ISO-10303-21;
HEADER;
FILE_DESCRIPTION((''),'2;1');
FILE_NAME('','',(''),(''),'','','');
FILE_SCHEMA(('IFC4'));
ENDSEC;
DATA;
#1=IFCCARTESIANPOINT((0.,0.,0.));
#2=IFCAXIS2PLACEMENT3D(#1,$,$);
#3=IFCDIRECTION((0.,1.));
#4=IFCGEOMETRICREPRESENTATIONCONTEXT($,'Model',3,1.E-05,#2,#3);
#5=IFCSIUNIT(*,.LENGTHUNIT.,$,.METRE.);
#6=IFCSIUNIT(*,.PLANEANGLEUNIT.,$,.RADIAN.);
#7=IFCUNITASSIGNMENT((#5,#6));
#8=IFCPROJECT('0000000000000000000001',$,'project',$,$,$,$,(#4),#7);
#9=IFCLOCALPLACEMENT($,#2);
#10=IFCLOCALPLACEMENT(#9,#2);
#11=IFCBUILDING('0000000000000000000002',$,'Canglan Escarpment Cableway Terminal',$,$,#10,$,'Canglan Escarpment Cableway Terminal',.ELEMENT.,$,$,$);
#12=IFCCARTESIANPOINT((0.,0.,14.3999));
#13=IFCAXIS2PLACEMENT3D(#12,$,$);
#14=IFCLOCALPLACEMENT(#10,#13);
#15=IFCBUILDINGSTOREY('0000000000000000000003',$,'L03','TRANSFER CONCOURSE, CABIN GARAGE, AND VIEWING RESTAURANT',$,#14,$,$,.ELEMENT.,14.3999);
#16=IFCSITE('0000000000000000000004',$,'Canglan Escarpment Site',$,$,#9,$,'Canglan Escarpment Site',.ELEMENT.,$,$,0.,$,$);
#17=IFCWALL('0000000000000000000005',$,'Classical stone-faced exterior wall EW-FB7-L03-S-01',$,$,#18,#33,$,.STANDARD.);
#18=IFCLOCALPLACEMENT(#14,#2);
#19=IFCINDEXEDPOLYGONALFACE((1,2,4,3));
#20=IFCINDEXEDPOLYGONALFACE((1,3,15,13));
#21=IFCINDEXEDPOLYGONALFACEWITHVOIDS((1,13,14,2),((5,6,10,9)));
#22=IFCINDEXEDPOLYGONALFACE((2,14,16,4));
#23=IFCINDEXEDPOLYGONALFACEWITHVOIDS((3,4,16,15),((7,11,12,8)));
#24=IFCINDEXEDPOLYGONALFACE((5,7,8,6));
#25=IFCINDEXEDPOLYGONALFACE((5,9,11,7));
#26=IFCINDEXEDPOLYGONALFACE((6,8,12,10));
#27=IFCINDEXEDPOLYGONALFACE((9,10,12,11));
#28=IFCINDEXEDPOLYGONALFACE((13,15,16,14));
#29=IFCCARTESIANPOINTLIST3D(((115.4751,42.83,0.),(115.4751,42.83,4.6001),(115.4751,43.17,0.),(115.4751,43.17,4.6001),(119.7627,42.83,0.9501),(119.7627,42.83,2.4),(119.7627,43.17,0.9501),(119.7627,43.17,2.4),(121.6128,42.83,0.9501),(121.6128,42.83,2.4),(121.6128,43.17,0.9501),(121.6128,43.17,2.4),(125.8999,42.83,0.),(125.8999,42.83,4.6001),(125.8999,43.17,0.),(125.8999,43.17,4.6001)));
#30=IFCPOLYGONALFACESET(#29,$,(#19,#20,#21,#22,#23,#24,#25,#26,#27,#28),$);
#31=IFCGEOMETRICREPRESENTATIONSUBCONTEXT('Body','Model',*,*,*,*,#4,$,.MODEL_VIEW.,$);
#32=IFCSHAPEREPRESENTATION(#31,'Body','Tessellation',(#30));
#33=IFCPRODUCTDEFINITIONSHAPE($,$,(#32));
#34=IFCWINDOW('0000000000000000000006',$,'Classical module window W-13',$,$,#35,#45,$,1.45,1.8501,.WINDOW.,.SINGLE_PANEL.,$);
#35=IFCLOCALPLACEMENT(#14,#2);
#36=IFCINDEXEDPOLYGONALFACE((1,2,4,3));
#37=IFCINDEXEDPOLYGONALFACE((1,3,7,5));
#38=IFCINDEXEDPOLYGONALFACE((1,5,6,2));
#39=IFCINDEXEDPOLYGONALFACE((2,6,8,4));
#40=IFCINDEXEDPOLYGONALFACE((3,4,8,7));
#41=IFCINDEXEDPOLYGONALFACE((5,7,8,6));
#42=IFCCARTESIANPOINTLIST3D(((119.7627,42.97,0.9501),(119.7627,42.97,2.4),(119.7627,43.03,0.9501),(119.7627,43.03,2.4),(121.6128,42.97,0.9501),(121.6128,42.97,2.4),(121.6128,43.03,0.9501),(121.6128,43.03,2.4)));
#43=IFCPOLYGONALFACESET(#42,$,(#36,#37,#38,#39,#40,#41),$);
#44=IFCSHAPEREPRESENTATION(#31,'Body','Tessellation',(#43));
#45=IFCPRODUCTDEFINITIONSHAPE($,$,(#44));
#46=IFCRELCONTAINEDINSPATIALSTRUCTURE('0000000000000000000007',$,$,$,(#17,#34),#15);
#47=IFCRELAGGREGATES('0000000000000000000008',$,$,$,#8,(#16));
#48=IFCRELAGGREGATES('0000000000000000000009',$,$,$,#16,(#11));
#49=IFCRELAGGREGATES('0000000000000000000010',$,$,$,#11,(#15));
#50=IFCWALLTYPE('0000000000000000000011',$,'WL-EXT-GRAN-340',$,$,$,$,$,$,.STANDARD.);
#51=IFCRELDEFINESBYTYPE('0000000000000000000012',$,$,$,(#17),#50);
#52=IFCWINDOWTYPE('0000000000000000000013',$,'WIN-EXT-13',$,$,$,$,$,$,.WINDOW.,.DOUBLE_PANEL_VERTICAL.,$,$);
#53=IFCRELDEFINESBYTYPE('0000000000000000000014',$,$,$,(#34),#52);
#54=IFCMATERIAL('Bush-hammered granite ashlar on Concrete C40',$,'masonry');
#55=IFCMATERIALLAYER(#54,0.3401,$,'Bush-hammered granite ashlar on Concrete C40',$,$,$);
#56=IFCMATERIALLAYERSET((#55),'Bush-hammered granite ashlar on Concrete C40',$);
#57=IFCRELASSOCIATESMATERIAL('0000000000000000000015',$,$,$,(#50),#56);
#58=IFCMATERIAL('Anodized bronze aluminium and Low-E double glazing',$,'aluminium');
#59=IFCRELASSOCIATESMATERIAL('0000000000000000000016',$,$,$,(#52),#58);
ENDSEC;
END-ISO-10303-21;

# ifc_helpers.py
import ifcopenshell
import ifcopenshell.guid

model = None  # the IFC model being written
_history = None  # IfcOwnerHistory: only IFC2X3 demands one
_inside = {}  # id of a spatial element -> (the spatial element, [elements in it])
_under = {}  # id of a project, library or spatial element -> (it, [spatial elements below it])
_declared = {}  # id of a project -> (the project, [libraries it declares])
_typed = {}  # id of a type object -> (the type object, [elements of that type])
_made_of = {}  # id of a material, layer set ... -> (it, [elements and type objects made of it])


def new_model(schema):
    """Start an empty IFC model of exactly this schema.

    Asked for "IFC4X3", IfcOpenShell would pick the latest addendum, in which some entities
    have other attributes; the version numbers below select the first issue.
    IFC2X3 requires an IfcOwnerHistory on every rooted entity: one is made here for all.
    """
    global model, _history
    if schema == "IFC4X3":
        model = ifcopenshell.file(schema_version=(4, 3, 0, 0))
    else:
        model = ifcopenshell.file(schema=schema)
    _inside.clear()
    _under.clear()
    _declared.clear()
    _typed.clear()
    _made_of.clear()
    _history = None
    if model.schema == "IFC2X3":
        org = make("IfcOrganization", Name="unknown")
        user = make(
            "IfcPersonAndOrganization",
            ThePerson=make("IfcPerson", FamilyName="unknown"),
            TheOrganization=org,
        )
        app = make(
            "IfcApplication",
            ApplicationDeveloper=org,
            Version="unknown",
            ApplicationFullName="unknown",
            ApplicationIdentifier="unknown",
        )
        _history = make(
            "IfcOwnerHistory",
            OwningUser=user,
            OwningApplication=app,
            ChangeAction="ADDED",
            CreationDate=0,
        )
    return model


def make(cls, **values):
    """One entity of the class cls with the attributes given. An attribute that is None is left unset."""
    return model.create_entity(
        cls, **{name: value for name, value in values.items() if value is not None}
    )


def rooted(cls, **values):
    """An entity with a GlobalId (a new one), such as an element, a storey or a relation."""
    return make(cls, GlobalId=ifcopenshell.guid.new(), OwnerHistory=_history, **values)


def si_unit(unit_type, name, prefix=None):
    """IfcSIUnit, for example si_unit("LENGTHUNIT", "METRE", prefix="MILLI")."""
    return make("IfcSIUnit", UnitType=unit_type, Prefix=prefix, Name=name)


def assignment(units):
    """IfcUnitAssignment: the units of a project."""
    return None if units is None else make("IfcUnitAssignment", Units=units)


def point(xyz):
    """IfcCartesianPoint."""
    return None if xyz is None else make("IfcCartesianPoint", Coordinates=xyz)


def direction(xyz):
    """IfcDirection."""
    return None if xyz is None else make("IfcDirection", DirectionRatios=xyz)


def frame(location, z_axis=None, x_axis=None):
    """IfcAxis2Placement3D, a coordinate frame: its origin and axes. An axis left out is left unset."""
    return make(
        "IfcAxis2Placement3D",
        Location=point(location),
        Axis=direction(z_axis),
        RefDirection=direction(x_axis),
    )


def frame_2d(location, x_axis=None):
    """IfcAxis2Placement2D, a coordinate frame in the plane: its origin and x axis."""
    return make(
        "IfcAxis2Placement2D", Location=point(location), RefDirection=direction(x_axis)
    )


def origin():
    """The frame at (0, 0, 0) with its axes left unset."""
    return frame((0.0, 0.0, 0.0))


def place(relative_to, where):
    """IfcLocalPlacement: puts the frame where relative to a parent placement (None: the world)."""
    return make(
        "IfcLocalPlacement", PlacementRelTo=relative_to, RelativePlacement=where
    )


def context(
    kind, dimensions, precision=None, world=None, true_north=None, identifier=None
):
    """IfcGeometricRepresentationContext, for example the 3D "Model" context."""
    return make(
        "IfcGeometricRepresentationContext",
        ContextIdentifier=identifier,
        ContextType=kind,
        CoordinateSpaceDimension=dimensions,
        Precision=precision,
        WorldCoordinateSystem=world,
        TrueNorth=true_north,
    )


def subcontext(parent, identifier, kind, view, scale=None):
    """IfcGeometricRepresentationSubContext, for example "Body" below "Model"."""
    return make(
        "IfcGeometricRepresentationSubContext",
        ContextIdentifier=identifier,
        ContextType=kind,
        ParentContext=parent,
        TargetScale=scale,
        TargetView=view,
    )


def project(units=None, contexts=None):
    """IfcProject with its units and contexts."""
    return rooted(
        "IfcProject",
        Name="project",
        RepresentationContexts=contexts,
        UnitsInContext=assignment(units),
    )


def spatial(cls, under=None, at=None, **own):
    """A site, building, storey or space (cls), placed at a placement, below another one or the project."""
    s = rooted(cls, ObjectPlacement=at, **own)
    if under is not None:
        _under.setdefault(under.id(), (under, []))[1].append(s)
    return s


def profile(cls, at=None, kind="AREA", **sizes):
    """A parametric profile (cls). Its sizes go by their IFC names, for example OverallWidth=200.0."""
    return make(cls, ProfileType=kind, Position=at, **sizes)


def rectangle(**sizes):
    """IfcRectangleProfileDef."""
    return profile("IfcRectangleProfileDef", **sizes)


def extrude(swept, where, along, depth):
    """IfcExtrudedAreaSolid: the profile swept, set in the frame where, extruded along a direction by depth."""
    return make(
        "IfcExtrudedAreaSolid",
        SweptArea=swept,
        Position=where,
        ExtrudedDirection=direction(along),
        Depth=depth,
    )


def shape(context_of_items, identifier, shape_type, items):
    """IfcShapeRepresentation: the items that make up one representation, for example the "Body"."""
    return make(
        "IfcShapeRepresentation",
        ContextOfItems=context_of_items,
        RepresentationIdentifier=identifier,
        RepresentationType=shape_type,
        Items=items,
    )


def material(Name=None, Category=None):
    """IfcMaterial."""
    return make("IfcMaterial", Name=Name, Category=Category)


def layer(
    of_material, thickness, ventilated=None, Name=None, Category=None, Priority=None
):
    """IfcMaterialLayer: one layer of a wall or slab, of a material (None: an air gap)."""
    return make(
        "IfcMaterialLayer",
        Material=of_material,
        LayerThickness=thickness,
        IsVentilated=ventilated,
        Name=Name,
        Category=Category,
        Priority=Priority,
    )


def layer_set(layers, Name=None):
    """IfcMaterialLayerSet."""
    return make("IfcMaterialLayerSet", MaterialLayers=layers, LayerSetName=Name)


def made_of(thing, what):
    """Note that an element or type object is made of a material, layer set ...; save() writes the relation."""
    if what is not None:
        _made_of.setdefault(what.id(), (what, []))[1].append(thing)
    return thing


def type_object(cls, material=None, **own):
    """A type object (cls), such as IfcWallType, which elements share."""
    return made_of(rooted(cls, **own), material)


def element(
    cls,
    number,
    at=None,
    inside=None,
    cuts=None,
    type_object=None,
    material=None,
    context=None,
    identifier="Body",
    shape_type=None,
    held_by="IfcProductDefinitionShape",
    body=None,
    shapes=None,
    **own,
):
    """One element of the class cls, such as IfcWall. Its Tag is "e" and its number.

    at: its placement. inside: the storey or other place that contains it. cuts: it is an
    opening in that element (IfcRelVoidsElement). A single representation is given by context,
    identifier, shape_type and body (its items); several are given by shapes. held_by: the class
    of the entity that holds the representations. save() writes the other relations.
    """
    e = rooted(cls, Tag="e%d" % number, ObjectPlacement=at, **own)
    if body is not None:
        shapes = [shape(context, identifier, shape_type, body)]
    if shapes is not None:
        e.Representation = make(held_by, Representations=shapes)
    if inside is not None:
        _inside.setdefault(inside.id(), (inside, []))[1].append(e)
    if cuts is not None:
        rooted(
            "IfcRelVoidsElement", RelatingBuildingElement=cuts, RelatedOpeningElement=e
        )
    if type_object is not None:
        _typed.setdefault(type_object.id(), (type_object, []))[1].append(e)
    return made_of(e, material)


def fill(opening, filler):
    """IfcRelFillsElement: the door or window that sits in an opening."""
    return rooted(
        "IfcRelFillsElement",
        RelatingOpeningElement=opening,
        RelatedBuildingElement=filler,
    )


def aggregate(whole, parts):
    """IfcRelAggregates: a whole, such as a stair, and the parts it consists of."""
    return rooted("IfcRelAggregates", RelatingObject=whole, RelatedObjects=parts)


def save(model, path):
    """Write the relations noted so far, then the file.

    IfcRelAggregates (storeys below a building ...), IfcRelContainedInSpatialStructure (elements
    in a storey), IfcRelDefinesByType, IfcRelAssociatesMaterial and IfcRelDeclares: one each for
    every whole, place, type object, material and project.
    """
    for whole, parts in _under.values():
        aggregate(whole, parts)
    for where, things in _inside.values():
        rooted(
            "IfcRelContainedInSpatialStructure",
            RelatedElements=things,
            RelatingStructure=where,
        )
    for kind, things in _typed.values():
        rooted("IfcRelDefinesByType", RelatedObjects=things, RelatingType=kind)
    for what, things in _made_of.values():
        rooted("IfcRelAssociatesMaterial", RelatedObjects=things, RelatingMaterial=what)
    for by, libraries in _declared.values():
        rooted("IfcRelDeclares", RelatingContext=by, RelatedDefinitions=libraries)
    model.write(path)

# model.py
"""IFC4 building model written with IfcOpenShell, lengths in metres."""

from ifc_helpers import new_model, si_unit, direction, frame, frame_2d, origin, place, context, subcontext, project, spatial, rectangle, extrude, material, layer, layer_set, type_object, element, fill, save


model = new_model("IFC4")

# Units and contexts
model_context = context("Model", 3, precision=1e-05, world=origin(), true_north=direction((0.0, 1.0)))
body_context = subcontext(model_context, "Body", "Model", "MODEL_VIEW")
ifc_project = project(units=[si_unit("LENGTHUNIT", "METRE"), si_unit("PLANEANGLEUNIT", "RADIAN")], contexts=[model_context])

# Site, building, storey
site_placement = place(None, origin())
site = spatial("IfcSite", under=ifc_project, at=site_placement, Name="Canglan Escarpment Site", LongName="Canglan Escarpment Site", CompositionType="ELEMENT", RefElevation=0.0)
building_placement = place(site_placement, origin())
building = spatial("IfcBuilding", under=site, at=building_placement, Name="Canglan Escarpment Cableway Terminal", LongName="Canglan Escarpment Cableway Terminal", CompositionType="ELEMENT")
storey_placement = place(building_placement, frame((0.0, 0.0, 14.3999)))
storey = spatial("IfcBuildingStorey", under=building, at=storey_placement, Name="L03", Description="TRANSFER CONCOURSE, CABIN GARAGE, AND VIEWING RESTAURANT", CompositionType="ELEMENT", Elevation=14.3999)

# Shared definitions
ifc_material_1 = material(Name="Anodized bronze aluminium and Low-E double glazing", Category="aluminium")

# Wall, opening, window
ifc_material_2 = material(Name="Bush-hammered granite ashlar on Concrete C40", Category="masonry")
ifc_layer_1 = layer(ifc_material_2, 0.3401, Name="Bush-hammered granite ashlar on Concrete C40")
ifc_layer_set_1 = layer_set([ifc_layer_1], Name="Bush-hammered granite ashlar on Concrete C40")
wall_type = type_object("IfcWallType", Name="WL-EXT-GRAN-340", PredefinedType="STANDARD", material=ifc_layer_set_1)
wall_placement = place(storey_placement, frame((115.4751, 43.0, 0.0), z_axis=(0.0, 0.0, 1.0), x_axis=(1.0, 0.0, 0.0)))
wall = element("IfcWall", 1, at=wall_placement, inside=storey, type_object=wall_type, Name="Classical stone-faced exterior wall EW-FB7-L03-S-01", PredefinedType="STANDARD", context=body_context, shape_type="SweptSolid", body=[
    extrude(rectangle(XDim=10.4248, YDim=0.3401, at=frame_2d((5.2124, 0.0))), origin(), (0.0, 0.0, 1.0), 4.6001),
])
opening_placement = place(wall_placement, frame((4.2876, 0.0, 0.95)))
opening = element("IfcOpeningElement", 2, at=opening_placement, cuts=wall, PredefinedType="OPENING", context=body_context, shape_type="SweptSolid", body=[
    extrude(rectangle(XDim=1.8501, YDim=1.45, at=frame_2d((0.925, 0.7251))), frame((0.0, 0.1802, 0.0), z_axis=(0.0, -1.0, 0.0), x_axis=(1.0, 0.0, 0.0)), (0.0, 0.0, 1.0), 0.3601),
])
window_type = type_object("IfcWindowType", Name="WIN-EXT-13", PartitioningType="DOUBLE_PANEL_VERTICAL", PredefinedType="WINDOW", material=ifc_material_1)
window_placement = place(opening_placement, origin())
window = element("IfcWindow", 3, at=window_placement, inside=storey, type_object=window_type, Name="Classical module window W-13", OverallHeight=1.45, OverallWidth=1.8501, PartitioningType="SINGLE_PANEL", PredefinedType="WINDOW", context=body_context, shape_type="SweptSolid", body=[
    extrude(rectangle(XDim=1.8501, YDim=1.45, at=frame_2d((0.925, 0.7251))), frame((0.0, 0.03, 0.0), z_axis=(0.0, -1.0, 0.0), x_axis=(1.0, 0.0, 0.0)), (0.0, 0.0, 1.0), 0.0601),
])
fill(opening, window)

save(model, "model.ifc")
